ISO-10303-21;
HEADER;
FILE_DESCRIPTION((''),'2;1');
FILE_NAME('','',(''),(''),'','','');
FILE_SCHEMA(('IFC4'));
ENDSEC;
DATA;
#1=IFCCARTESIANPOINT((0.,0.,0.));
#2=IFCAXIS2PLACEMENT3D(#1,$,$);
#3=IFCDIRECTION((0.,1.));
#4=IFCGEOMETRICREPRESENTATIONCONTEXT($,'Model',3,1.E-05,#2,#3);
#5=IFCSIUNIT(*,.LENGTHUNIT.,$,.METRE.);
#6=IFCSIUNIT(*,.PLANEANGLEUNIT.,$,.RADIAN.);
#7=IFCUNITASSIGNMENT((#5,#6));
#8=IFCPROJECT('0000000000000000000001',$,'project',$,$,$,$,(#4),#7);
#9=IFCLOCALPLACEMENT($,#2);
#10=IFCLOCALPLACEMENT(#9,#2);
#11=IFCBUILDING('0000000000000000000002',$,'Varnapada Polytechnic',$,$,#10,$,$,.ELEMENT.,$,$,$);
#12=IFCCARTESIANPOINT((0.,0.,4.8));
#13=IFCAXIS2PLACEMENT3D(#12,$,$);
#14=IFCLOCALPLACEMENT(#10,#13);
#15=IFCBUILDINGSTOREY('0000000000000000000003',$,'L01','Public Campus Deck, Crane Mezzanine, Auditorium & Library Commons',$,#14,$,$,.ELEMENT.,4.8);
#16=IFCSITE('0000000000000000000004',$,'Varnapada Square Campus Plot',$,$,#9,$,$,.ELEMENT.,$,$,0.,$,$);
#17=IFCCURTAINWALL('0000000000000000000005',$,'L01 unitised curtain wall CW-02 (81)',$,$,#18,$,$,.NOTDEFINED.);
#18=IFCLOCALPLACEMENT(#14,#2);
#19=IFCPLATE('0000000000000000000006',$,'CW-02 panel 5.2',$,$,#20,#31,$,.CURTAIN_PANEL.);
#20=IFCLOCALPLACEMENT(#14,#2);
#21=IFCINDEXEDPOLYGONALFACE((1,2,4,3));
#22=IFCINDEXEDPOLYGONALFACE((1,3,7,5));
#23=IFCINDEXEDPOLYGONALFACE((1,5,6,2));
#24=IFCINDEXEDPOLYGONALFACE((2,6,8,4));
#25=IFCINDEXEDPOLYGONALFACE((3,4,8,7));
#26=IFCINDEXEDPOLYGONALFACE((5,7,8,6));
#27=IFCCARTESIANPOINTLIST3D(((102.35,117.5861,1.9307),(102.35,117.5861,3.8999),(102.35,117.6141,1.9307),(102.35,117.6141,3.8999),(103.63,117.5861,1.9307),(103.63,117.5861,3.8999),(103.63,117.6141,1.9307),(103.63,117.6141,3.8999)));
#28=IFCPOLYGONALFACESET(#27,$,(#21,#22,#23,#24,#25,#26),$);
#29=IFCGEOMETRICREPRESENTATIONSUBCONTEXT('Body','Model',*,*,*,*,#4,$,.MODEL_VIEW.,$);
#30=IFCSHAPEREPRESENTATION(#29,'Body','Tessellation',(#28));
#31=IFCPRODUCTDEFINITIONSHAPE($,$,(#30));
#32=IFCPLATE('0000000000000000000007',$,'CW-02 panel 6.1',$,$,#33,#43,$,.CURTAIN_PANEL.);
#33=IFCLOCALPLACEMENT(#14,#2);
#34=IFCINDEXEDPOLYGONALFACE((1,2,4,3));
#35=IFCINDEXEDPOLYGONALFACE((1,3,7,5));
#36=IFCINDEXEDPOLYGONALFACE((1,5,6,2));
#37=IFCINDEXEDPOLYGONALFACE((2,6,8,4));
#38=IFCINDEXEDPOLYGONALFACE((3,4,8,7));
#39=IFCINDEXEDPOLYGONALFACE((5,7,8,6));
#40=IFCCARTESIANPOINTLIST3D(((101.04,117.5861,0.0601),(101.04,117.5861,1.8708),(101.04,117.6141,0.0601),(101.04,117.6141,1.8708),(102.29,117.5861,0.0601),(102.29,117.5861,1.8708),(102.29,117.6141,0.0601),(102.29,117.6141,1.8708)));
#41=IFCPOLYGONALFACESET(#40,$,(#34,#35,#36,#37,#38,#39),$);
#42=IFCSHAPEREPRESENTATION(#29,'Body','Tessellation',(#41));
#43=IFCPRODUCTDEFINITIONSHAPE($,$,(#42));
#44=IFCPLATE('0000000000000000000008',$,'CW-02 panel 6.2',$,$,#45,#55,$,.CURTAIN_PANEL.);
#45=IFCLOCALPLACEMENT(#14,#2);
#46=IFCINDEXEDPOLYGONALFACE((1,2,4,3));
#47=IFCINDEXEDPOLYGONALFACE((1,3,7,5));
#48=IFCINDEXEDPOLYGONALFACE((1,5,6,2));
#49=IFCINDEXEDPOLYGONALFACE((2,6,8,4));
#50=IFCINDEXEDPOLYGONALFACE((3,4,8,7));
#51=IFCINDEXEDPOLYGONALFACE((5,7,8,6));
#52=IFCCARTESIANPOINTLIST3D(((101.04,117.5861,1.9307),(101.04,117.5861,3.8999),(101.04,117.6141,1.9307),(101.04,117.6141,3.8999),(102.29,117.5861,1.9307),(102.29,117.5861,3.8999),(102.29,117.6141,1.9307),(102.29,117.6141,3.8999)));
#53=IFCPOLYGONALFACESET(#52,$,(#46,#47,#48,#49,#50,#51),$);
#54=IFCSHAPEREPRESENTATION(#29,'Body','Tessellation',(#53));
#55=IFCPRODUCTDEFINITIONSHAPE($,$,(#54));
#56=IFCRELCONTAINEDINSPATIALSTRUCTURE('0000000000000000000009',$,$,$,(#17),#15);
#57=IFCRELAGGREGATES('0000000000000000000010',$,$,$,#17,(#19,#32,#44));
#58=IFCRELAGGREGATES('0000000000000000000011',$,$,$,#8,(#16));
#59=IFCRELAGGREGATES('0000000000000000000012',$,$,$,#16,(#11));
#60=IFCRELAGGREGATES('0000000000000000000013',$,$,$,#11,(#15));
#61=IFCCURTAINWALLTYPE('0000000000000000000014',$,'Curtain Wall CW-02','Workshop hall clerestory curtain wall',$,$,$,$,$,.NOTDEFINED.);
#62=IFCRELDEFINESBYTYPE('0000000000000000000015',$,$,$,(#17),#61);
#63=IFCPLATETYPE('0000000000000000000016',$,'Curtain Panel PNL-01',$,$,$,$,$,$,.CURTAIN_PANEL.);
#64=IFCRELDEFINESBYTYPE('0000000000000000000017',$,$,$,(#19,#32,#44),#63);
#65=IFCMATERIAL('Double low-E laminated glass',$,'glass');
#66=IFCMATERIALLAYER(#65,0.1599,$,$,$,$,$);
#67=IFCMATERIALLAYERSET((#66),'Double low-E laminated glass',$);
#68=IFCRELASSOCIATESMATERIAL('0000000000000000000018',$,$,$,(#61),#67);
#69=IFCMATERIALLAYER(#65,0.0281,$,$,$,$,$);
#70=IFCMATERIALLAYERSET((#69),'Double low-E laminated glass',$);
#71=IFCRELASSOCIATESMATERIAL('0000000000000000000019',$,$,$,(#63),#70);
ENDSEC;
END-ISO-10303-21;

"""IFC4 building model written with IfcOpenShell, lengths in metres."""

from ifc_helpers import new_model, si_unit, direction, frame, origin, origin_2d, place, context, subcontext, project, spatial, rectangle, extrude, material, layer, layer_set, type_object, element, aggregate, save


model = new_model("IFC4")

# Units and contexts
model_context = context("Model", 3, precision=1e-05, world=origin(), true_north=direction((0.0, 1.0)))
body_context = subcontext(model_context, "Body", "Model", "MODEL_VIEW")
ifc_project = project(units=[si_unit("LENGTHUNIT", "METRE"), si_unit("PLANEANGLEUNIT", "RADIAN")], contexts=[model_context])

# Site, building, storey
site_placement = place(None, origin())
site = spatial("IfcSite", under=ifc_project, at=site_placement, Name="Varnapada Square Campus Plot", CompositionType="ELEMENT", RefElevation=0.0)
building_placement = place(site_placement, origin())
building = spatial("IfcBuilding", under=site, at=building_placement, Name="Varnapada Polytechnic", CompositionType="ELEMENT")
storey_placement = place(building_placement, frame((0.0, 0.0, 4.8)))
storey = spatial("IfcBuildingStorey", under=building, at=storey_placement, Name="L01", Description="Public Campus Deck, Crane Mezzanine, Auditorium & Library Commons", CompositionType="ELEMENT", Elevation=4.8)

# Curtain wall
ifc_material_1 = material(Name="Double low-E laminated glass", Category="glass")
ifc_layer_1 = layer(ifc_material_1, 0.1599)
ifc_layer_set_1 = layer_set([ifc_layer_1], Name="Double low-E laminated glass")
curtain_wall_type = type_object("IfcCurtainWallType", Name="Curtain Wall CW-02", Description="Workshop hall clerestory curtain wall", PredefinedType="NOTDEFINED", material=ifc_layer_set_1)
curtain_wall_placement = place(storey_placement, origin())
curtain_wall = element("IfcCurtainWall", 1, at=curtain_wall_placement, inside=storey, type_object=curtain_wall_type, Name="L01 unitised curtain wall CW-02 (81)", PredefinedType="NOTDEFINED")

# Plates
ifc_layer_2 = layer(ifc_material_1, 0.0281)
ifc_layer_set_2 = layer_set([ifc_layer_2], Name="Double low-E laminated glass")
plate_type = type_object("IfcPlateType", Name="Curtain Panel PNL-01", PredefinedType="CURTAIN_PANEL", material=ifc_layer_set_2)
plate_1_placement = place(storey_placement, frame((102.99, 117.6001, 1.9307), z_axis=(0.0, 0.0, 1.0), x_axis=(-1.0, 0.0, 0.0)))
plate_1 = element("IfcPlate", 2, at=plate_1_placement, type_object=plate_type, Name="CW-02 panel 5.2", PredefinedType="CURTAIN_PANEL", context=body_context, shape_type="SweptSolid", body=[
    extrude(rectangle(XDim=1.28, YDim=0.0281, at=origin_2d()), origin(), (0.0, 0.0, 1.0), 1.9692),
])
plate_2_placement = place(storey_placement, frame((101.665, 117.6001, 0.0601), z_axis=(0.0, 0.0, 1.0), x_axis=(-1.0, 0.0, 0.0)))
plate_2 = element("IfcPlate", 3, at=plate_2_placement, type_object=plate_type, Name="CW-02 panel 6.1", PredefinedType="CURTAIN_PANEL", context=body_context, shape_type="SweptSolid", body=[
    extrude(rectangle(XDim=1.25, YDim=0.0281, at=origin_2d()), origin(), (0.0, 0.0, 1.0), 1.8108),
])
plate_3_placement = place(storey_placement, frame((101.665, 117.6001, 1.9307), z_axis=(0.0, 0.0, 1.0), x_axis=(-1.0, 0.0, 0.0)))
plate_3 = element("IfcPlate", 4, at=plate_3_placement, type_object=plate_type, Name="CW-02 panel 6.2", PredefinedType="CURTAIN_PANEL", context=body_context, shape_type="SweptSolid", body=[
    extrude(rectangle(XDim=1.25, YDim=0.0281, at=origin_2d()), origin(), (0.0, 0.0, 1.0), 1.9692),
])
aggregate(curtain_wall, [plate_1, plate_2, plate_3])

save(model, "model.ifc")
